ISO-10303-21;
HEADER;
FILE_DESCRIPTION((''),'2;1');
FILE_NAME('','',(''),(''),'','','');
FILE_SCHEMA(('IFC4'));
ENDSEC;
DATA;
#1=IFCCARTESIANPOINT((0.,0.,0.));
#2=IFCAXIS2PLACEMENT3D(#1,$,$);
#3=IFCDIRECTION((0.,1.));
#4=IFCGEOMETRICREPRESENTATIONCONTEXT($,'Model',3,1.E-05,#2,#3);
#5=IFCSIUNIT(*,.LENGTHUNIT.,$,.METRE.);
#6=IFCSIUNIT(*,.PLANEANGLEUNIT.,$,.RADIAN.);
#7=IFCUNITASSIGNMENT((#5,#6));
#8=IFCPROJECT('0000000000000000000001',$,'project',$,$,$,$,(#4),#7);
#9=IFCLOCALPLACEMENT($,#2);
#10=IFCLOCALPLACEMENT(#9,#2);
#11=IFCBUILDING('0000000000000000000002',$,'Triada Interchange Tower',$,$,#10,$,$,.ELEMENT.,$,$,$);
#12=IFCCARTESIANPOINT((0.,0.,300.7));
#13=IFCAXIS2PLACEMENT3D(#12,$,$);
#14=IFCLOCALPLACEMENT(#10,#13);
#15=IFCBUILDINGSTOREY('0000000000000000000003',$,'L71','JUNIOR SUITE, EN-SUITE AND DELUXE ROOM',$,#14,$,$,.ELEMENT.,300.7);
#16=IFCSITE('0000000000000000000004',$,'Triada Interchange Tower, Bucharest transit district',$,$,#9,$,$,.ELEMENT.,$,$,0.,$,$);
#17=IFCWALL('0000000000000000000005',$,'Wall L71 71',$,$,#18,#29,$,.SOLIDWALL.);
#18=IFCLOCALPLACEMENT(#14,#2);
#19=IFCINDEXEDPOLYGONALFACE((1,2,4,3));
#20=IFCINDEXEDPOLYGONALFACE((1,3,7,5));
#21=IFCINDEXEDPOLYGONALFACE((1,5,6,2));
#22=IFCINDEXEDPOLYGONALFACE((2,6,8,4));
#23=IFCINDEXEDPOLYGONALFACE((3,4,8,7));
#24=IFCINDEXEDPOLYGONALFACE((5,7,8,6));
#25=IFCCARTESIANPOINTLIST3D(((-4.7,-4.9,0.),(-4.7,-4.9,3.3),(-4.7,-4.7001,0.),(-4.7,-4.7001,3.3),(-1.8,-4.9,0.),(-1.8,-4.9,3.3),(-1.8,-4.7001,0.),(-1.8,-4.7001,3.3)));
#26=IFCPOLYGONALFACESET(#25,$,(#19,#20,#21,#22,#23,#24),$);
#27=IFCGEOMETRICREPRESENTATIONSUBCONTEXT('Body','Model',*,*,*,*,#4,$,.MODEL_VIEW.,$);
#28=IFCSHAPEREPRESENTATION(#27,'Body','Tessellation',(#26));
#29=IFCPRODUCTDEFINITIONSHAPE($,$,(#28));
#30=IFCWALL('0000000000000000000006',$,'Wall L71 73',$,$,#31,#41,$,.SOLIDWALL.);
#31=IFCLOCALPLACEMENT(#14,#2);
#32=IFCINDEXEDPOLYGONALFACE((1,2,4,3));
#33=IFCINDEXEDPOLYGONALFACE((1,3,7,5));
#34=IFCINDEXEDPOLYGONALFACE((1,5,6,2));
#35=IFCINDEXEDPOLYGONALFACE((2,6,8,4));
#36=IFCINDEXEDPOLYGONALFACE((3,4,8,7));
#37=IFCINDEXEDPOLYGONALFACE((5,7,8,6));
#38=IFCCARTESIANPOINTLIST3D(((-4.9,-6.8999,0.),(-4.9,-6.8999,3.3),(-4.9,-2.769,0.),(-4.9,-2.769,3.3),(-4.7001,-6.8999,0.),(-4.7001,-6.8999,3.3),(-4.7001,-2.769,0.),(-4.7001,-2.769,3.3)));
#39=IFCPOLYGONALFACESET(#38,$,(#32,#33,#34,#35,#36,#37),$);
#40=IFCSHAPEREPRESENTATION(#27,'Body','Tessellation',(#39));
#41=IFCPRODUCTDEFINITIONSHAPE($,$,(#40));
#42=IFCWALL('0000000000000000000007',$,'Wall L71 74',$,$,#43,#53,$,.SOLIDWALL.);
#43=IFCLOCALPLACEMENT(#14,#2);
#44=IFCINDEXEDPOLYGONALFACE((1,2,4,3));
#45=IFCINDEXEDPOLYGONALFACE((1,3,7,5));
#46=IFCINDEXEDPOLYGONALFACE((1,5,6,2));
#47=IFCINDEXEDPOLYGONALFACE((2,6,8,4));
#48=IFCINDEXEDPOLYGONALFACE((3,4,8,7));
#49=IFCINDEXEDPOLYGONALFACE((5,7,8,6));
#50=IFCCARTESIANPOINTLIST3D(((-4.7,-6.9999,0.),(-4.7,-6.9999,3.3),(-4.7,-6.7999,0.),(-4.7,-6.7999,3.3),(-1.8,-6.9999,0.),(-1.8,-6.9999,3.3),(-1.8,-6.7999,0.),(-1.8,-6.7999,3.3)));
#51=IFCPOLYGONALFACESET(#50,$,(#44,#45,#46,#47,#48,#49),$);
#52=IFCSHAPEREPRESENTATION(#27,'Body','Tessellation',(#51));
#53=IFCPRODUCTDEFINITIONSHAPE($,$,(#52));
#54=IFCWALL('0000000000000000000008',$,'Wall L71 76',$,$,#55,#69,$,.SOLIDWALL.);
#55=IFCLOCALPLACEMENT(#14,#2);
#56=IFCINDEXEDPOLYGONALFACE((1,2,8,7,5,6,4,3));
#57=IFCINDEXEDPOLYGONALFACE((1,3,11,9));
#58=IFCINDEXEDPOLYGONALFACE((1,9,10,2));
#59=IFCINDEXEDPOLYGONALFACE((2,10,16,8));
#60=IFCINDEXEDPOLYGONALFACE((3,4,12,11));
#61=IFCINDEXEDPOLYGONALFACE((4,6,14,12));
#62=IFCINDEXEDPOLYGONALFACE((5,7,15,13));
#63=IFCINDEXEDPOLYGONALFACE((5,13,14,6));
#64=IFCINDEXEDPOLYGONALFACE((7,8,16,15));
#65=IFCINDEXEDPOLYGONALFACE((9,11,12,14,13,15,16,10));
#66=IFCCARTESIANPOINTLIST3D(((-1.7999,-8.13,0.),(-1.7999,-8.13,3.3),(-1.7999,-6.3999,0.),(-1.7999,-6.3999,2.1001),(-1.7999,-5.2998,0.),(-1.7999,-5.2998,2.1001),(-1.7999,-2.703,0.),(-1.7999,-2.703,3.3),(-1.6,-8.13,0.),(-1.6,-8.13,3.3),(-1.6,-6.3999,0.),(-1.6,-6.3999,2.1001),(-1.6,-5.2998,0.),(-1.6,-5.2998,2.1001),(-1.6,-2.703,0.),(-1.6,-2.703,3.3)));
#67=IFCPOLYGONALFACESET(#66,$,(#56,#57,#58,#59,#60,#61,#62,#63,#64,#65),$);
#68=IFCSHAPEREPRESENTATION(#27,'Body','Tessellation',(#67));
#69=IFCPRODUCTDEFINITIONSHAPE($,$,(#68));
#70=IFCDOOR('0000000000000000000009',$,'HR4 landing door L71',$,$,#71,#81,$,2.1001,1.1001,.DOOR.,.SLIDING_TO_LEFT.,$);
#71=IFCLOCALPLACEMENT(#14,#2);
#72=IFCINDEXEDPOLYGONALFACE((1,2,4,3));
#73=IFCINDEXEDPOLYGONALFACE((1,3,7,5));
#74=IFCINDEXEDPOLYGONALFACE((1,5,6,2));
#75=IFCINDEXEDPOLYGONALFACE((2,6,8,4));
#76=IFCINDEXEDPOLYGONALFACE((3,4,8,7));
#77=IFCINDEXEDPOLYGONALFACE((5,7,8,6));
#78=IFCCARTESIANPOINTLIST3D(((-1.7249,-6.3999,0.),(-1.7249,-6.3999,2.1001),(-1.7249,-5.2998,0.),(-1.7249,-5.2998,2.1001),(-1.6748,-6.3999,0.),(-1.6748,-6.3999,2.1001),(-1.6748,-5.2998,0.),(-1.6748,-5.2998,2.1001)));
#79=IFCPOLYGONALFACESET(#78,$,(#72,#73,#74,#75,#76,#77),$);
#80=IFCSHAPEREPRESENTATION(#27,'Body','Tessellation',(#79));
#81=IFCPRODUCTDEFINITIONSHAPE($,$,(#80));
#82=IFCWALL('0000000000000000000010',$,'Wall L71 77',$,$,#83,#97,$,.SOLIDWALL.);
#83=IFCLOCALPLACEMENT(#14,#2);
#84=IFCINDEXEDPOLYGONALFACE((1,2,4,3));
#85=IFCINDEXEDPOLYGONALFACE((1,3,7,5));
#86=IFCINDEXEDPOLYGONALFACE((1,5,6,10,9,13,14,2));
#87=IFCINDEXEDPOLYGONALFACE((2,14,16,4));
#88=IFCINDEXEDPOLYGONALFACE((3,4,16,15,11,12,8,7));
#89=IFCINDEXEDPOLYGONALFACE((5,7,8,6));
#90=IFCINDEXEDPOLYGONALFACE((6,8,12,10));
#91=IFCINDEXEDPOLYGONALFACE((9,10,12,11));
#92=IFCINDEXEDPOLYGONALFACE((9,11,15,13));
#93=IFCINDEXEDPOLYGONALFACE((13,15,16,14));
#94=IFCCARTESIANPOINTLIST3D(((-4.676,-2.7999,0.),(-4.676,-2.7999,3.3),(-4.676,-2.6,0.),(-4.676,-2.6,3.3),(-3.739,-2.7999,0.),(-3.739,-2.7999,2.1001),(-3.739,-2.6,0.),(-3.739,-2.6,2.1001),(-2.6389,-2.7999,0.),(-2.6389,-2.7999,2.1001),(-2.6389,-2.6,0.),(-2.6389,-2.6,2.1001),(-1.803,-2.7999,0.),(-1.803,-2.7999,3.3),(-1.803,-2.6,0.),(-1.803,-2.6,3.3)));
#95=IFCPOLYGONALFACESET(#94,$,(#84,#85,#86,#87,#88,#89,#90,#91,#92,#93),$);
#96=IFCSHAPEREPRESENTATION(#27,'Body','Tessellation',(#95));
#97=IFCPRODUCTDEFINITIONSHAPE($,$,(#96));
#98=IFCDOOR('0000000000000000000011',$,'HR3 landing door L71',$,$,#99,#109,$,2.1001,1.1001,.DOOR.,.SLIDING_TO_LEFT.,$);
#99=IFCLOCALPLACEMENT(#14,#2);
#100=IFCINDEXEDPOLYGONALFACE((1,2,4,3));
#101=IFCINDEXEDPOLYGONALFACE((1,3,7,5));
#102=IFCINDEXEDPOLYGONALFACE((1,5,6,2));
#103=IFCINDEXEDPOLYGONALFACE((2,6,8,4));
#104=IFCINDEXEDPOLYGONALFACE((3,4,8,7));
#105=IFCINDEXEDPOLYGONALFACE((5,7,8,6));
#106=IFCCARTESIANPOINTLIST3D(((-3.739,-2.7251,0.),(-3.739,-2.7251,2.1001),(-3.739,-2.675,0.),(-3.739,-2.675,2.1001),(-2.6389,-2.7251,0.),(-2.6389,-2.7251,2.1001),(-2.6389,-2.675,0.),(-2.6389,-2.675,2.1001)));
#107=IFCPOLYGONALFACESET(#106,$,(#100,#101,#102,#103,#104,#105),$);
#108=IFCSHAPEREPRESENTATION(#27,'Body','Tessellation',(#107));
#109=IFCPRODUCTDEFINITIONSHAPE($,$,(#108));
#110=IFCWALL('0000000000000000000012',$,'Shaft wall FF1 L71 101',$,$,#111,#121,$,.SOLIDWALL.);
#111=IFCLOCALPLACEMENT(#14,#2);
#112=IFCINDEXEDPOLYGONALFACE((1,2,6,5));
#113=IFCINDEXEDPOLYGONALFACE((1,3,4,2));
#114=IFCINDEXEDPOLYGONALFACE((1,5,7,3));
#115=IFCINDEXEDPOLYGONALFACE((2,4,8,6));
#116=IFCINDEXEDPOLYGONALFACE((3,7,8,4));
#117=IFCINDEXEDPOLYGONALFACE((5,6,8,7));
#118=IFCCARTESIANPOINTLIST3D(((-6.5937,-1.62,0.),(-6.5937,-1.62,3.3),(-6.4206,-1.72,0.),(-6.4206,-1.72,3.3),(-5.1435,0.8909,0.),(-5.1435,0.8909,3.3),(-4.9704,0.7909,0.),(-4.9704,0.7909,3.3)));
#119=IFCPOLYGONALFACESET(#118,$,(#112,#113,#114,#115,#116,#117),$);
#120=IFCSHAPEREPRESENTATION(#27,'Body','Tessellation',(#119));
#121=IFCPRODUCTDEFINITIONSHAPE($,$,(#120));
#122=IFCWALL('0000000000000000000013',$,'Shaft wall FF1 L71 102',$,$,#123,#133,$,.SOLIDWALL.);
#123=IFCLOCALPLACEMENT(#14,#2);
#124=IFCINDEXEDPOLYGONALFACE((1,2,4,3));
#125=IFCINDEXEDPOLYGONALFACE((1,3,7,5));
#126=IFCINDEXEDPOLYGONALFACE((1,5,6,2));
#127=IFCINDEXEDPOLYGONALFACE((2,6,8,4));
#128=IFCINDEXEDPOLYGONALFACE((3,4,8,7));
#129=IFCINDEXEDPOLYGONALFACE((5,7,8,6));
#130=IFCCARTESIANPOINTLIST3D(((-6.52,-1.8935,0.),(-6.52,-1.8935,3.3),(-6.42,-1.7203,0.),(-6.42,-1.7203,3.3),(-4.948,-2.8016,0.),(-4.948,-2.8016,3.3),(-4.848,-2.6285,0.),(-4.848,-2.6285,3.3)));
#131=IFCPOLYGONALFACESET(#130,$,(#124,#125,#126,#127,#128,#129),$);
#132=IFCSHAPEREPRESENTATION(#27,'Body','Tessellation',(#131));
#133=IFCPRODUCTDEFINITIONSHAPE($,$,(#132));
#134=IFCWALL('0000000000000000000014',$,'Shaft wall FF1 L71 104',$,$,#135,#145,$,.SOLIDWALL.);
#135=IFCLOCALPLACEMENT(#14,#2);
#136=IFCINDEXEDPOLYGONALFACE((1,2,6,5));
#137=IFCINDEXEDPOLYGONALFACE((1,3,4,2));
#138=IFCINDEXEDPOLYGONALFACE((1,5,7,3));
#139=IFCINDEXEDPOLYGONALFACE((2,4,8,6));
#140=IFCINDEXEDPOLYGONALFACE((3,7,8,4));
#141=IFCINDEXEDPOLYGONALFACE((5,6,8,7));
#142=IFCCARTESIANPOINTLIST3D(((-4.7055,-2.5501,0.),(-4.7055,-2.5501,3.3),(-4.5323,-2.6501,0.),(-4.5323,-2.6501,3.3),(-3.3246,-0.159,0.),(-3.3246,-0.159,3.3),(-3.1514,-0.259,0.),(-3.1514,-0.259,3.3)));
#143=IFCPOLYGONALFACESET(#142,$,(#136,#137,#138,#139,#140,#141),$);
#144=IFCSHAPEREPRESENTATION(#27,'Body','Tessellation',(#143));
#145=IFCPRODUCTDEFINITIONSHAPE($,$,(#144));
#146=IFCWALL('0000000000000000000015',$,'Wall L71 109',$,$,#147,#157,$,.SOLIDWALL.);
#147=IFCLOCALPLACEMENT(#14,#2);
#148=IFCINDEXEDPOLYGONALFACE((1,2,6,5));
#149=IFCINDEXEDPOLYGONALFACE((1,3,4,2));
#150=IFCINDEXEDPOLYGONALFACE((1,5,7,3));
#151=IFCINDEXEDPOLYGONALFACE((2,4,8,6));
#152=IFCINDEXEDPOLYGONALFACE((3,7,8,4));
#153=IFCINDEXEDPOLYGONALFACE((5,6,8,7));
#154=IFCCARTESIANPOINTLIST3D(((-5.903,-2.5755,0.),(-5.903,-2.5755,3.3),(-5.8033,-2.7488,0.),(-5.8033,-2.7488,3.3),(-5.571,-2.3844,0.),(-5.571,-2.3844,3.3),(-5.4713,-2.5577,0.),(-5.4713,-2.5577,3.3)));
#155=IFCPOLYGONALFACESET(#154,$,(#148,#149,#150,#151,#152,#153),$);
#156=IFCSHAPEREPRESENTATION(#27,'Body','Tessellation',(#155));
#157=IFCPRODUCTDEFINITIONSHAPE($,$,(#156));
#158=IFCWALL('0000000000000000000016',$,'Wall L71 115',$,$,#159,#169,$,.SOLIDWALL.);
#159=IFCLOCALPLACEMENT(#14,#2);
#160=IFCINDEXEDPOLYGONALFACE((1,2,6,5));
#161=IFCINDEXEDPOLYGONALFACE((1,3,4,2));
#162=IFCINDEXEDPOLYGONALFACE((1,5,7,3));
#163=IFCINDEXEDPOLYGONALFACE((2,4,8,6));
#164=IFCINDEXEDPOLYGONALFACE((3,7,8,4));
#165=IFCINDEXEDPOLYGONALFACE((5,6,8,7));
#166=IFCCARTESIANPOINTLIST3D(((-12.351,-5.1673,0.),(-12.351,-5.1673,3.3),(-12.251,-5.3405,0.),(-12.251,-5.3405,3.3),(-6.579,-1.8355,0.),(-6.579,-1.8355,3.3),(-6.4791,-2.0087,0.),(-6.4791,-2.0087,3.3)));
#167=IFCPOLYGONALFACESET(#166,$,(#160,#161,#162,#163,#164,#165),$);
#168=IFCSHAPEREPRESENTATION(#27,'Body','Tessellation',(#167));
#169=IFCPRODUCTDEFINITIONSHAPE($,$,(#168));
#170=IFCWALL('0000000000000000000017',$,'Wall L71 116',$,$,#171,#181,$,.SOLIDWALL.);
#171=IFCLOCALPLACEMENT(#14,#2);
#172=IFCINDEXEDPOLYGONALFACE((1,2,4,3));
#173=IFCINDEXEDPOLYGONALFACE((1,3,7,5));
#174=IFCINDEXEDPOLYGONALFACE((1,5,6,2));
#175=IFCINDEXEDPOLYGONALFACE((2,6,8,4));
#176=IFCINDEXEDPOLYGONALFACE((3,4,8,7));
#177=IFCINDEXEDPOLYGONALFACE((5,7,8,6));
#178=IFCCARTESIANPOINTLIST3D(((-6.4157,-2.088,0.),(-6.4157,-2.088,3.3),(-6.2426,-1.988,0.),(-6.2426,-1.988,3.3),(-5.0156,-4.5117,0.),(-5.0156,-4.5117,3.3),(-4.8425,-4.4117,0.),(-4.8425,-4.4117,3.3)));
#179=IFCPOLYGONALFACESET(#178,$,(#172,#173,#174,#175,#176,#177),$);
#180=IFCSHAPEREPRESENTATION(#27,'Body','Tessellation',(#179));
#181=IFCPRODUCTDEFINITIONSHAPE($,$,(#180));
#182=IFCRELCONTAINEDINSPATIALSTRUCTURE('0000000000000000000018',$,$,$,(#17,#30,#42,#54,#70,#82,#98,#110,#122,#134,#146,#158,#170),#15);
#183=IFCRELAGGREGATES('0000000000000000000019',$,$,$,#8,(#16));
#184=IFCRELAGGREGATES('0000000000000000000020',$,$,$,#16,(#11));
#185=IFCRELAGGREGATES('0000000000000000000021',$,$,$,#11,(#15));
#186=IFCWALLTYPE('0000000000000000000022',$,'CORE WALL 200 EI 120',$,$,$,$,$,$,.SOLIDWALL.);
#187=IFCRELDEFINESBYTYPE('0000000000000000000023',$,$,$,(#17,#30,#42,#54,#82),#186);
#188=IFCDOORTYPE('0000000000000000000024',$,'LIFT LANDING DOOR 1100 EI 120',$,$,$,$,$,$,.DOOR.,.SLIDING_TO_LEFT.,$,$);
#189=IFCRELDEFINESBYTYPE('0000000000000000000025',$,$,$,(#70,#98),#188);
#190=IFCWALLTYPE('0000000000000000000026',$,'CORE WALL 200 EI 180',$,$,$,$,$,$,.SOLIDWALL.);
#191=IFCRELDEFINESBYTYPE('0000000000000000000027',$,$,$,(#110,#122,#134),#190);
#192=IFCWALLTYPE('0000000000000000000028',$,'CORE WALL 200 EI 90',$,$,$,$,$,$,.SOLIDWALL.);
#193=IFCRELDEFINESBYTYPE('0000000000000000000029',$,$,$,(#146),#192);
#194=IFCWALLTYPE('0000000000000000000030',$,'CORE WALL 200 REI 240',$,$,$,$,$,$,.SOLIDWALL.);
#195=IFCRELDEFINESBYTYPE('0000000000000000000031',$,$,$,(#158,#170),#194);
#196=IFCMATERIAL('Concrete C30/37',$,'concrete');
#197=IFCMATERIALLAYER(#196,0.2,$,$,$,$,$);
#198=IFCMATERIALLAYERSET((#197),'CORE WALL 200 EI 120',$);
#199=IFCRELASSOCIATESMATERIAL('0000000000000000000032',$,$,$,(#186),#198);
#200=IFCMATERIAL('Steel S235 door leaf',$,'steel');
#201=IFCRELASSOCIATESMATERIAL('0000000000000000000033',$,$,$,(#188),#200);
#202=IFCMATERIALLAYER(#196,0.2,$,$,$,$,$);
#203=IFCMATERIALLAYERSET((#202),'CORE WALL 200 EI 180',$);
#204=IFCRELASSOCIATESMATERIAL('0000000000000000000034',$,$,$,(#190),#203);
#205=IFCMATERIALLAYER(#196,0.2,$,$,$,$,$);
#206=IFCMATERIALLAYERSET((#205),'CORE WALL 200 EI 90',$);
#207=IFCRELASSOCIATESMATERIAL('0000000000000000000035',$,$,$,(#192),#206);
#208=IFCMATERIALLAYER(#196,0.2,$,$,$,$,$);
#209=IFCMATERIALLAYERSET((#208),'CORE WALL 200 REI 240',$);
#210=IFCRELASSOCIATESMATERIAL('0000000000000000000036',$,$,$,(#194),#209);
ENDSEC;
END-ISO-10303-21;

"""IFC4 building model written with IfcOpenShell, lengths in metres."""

from ifc_helpers import new_model, si_unit, direction, frame, frame_2d, origin, place, context, subcontext, project, spatial, rectangle, extrude, material, layer, layer_set, type_object, element, fill, save


model = new_model("IFC4")

# Units and contexts
model_context = context("Model", 3, precision=1e-05, world=origin(), true_north=direction((0.0, 1.0)))
body_context = subcontext(model_context, "Body", "Model", "MODEL_VIEW")
ifc_project = project(units=[si_unit("LENGTHUNIT", "METRE"), si_unit("PLANEANGLEUNIT", "RADIAN")], contexts=[model_context])

# Site, building, storey
site_placement = place(None, origin())
site = spatial("IfcSite", under=ifc_project, at=site_placement, Name="Triada Interchange Tower, Bucharest transit district", CompositionType="ELEMENT", RefElevation=0.0)
building_placement = place(site_placement, origin())
building = spatial("IfcBuilding", under=site, at=building_placement, Name="Triada Interchange Tower", CompositionType="ELEMENT")
storey_placement = place(building_placement, frame((0.0, 0.0, 300.7)))
storey = spatial("IfcBuildingStorey", under=building, at=storey_placement, Name="L71", Description="JUNIOR SUITE, EN-SUITE AND DELUXE ROOM", CompositionType="ELEMENT", Elevation=300.7)

# Walls
ifc_material_1 = material(Name="Concrete C30/37", Category="concrete")
ifc_layer_1 = layer(ifc_material_1, 0.2)
ifc_layer_set_1 = layer_set([ifc_layer_1], Name="CORE WALL 200 EI 120")
wall_type_1 = type_object("IfcWallType", Name="CORE WALL 200 EI 120", PredefinedType="SOLIDWALL", material=ifc_layer_set_1)
wall_1_placement = place(storey_placement, frame((-4.7, -4.8, 0.0), z_axis=(0.0, 0.0, 1.0), x_axis=(1.0, 0.0, 0.0)))
element("IfcWall", 1, at=wall_1_placement, inside=storey, type_object=wall_type_1, Name="Wall L71 71", PredefinedType="SOLIDWALL", context=body_context, shape_type="SweptSolid", body=[
    extrude(rectangle(XDim=2.8999, YDim=0.2, at=frame_2d((1.45, 0.0))), origin(), (0.0, 0.0, 1.0), 3.3),
])
wall_2_placement = place(storey_placement, frame((-4.8, -6.8999, 0.0), z_axis=(0.0, 0.0, 1.0), x_axis=(0.0, 1.0, 0.0)))
element("IfcWall", 2, at=wall_2_placement, inside=storey, type_object=wall_type_1, Name="Wall L71 73", PredefinedType="SOLIDWALL", context=body_context, shape_type="SweptSolid", body=[
    extrude(rectangle(XDim=4.1309, YDim=0.2, at=frame_2d((2.0654, 0.0))), origin(), (0.0, 0.0, 1.0), 3.3),
])
wall_3_placement = place(storey_placement, frame((-4.7, -6.8999, 0.0), z_axis=(0.0, 0.0, 1.0), x_axis=(1.0, 0.0, 0.0)))
element("IfcWall", 3, at=wall_3_placement, inside=storey, type_object=wall_type_1, Name="Wall L71 74", PredefinedType="SOLIDWALL", context=body_context, shape_type="SweptSolid", body=[
    extrude(rectangle(XDim=2.8999, YDim=0.2, at=frame_2d((1.45, 0.0))), origin(), (0.0, 0.0, 1.0), 3.3),
])

# Walls, openings, doors
wall_4_placement = place(storey_placement, frame((-1.7, -8.1299, 0.0), z_axis=(0.0, 0.0, 1.0), x_axis=(0.0, 1.0, 0.0)))
wall_4 = element("IfcWall", 4, at=wall_4_placement, inside=storey, type_object=wall_type_1, Name="Wall L71 76", PredefinedType="SOLIDWALL", context=body_context, shape_type="SweptSolid", body=[
    extrude(rectangle(XDim=5.427, YDim=0.2, at=frame_2d((2.7134, 0.0))), origin(), (0.0, 0.0, 1.0), 3.3),
])
opening_1_placement = place(wall_4_placement, frame((1.73, 0.0, 0.0)))
opening_1 = element("IfcOpeningElement", 5, at=opening_1_placement, cuts=wall_4, PredefinedType="OPENING", context=body_context, shape_type="SweptSolid", body=[
    extrude(rectangle(XDim=1.1001, YDim=2.1001, at=frame_2d((0.55, 1.05))), frame((0.0, 0.1099, 0.0), z_axis=(0.0, -1.0, 0.0), x_axis=(1.0, 0.0, 0.0)), (0.0, 0.0, 1.0), 0.22),
])
ifc_material_2 = material(Name="Steel S235 door leaf", Category="steel")
door_type_1 = type_object("IfcDoorType", Name="LIFT LANDING DOOR 1100 EI 120", OperationType="SLIDING_TO_LEFT", PredefinedType="DOOR", material=ifc_material_2)
door_1_placement = place(opening_1_placement, origin())
door_1 = element("IfcDoor", 6, at=door_1_placement, inside=storey, type_object=door_type_1, Name="HR4 landing door L71", OperationType="SLIDING_TO_LEFT", OverallHeight=2.1001, OverallWidth=1.1001, PredefinedType="DOOR", context=body_context, shape_type="SweptSolid", body=[
    extrude(rectangle(XDim=1.1001, YDim=2.1001, at=frame_2d((0.55, 1.05))), frame((0.0, 0.0249, 0.0), z_axis=(0.0, -1.0, 0.0), x_axis=(1.0, 0.0, 0.0)), (0.0, 0.0, 1.0), 0.05),
])
fill(opening_1, door_1)
wall_5_placement = place(storey_placement, frame((-4.676, -2.7, 0.0), z_axis=(0.0, 0.0, 1.0), x_axis=(1.0, 0.0, 0.0)))
wall_5 = element("IfcWall", 7, at=wall_5_placement, inside=storey, type_object=wall_type_1, Name="Wall L71 77", PredefinedType="SOLIDWALL", context=body_context, shape_type="SweptSolid", body=[
    extrude(rectangle(XDim=2.873, YDim=0.2, at=frame_2d((1.4365, 0.0))), origin(), (0.0, 0.0, 1.0), 3.3),
])
opening_2_placement = place(wall_5_placement, frame((0.937, 0.0, 0.0)))
opening_2 = element("IfcOpeningElement", 8, at=opening_2_placement, cuts=wall_5, PredefinedType="OPENING", context=body_context, shape_type="SweptSolid", body=[
    extrude(rectangle(XDim=1.1001, YDim=2.1001, at=frame_2d((0.55, 1.05))), frame((0.0, 0.1099, 0.0), z_axis=(0.0, -1.0, 0.0), x_axis=(1.0, 0.0, 0.0)), (0.0, 0.0, 1.0), 0.22),
])
door_2_placement = place(opening_2_placement, origin())
door_2 = element("IfcDoor", 9, at=door_2_placement, inside=storey, type_object=door_type_1, Name="HR3 landing door L71", OperationType="SLIDING_TO_LEFT", OverallHeight=2.1001, OverallWidth=1.1001, PredefinedType="DOOR", context=body_context, shape_type="SweptSolid", body=[
    extrude(rectangle(XDim=1.1001, YDim=2.1001, at=frame_2d((0.55, 1.05))), frame((0.0, 0.0249, 0.0), z_axis=(0.0, -1.0, 0.0), x_axis=(1.0, 0.0, 0.0)), (0.0, 0.0, 1.0), 0.05),
])
fill(opening_2, door_2)

# Walls
ifc_layer_2 = layer(ifc_material_1, 0.2)
ifc_layer_set_2 = layer_set([ifc_layer_2], Name="CORE WALL 200 EI 180")
wall_type_2 = type_object("IfcWallType", Name="CORE WALL 200 EI 180", PredefinedType="SOLIDWALL", material=ifc_layer_set_2)
wall_6_placement = place(storey_placement, frame((-6.5071, -1.6699, 0.0), z_axis=(0.0, 0.0, 1.0), x_axis=(0.500123, 0.865954, 0.0)))
element("IfcWall", 10, at=wall_6_placement, inside=storey, type_object=wall_type_2, Name="Shaft wall FF1 L71 101", PredefinedType="SOLIDWALL", context=body_context, shape_type="SweptSolid", body=[
    extrude(rectangle(XDim=2.8997, YDim=0.2, at=frame_2d((1.4497, 0.0))), origin(), (0.0, 0.0, 1.0), 3.3),
])
wall_7_placement = place(storey_placement, frame((-6.47, -1.8069, 0.0), z_axis=(0.0, 0.0, 1.0), x_axis=(0.865883, -0.500246, 0.0)))
element("IfcWall", 11, at=wall_7_placement, inside=storey, type_object=wall_type_2, Name="Shaft wall FF1 L71 102", PredefinedType="SOLIDWALL", context=body_context, shape_type="SweptSolid", body=[
    extrude(rectangle(XDim=1.8154, YDim=0.2, at=frame_2d((0.9077, 0.0))), origin(), (0.0, 0.0, 1.0), 3.3),
])
wall_8_placement = place(storey_placement, frame((-4.6189, -2.6001, 0.0), z_axis=(0.0, 0.0, 1.0), x_axis=(0.500095, 0.865971, 0.0)))
element("IfcWall", 12, at=wall_8_placement, inside=storey, type_object=wall_type_2, Name="Shaft wall FF1 L71 104", PredefinedType="SOLIDWALL", context=body_context, shape_type="SweptSolid", body=[
    extrude(rectangle(XDim=2.7612, YDim=0.2, at=frame_2d((1.3806, 0.0))), origin(), (0.0, 0.0, 1.0), 3.3),
])
ifc_layer_3 = layer(ifc_material_1, 0.2)
ifc_layer_set_3 = layer_set([ifc_layer_3], Name="CORE WALL 200 EI 90")
wall_type_3 = type_object("IfcWallType", Name="CORE WALL 200 EI 90", PredefinedType="SOLIDWALL", material=ifc_layer_set_3)
wall_9_placement = place(storey_placement, frame((-5.853, -2.6621, 0.0), z_axis=(0.0, 0.0, 1.0), x_axis=(0.866631, 0.49895, 0.0)))
element("IfcWall", 13, at=wall_9_placement, inside=storey, type_object=wall_type_3, Name="Wall L71 109", PredefinedType="SOLIDWALL", context=body_context, shape_type="SweptSolid", body=[
    extrude(rectangle(XDim=0.3831, YDim=0.2, at=frame_2d((0.1914, 0.0))), origin(), (0.0, 0.0, 1.0), 3.3),
])
ifc_layer_4 = layer(ifc_material_1, 0.2)
ifc_layer_set_4 = layer_set([ifc_layer_4], Name="CORE WALL 200 REI 240")
wall_type_4 = type_object("IfcWallType", Name="CORE WALL 200 REI 240", PredefinedType="SOLIDWALL", material=ifc_layer_set_4)
wall_10_placement = place(storey_placement, frame((-12.301, -5.2539, 0.0), z_axis=(0.0, 0.0, 1.0), x_axis=(0.866068, 0.499925, 0.0)))
element("IfcWall", 14, at=wall_10_placement, inside=storey, type_object=wall_type_4, Name="Wall L71 115", PredefinedType="SOLIDWALL", context=body_context, shape_type="SweptSolid", body=[
    extrude(rectangle(XDim=6.6646, YDim=0.2, at=frame_2d((3.3323, 0.0))), origin(), (0.0, 0.0, 1.0), 3.3),
])
wall_11_placement = place(storey_placement, frame((-6.3291, -2.0381, 0.0), z_axis=(0.0, 0.0, 1.0), x_axis=(0.500201, -0.86591, 0.0)))
element("IfcWall", 15, at=wall_11_placement, inside=storey, type_object=wall_type_4, Name="Wall L71 116", PredefinedType="SOLIDWALL", context=body_context, shape_type="SweptSolid", body=[
    extrude(rectangle(XDim=2.7991, YDim=0.2, at=frame_2d((1.3994, 0.0))), origin(), (0.0, 0.0, 1.0), 3.3),
])

save(model, "model.ifc")
